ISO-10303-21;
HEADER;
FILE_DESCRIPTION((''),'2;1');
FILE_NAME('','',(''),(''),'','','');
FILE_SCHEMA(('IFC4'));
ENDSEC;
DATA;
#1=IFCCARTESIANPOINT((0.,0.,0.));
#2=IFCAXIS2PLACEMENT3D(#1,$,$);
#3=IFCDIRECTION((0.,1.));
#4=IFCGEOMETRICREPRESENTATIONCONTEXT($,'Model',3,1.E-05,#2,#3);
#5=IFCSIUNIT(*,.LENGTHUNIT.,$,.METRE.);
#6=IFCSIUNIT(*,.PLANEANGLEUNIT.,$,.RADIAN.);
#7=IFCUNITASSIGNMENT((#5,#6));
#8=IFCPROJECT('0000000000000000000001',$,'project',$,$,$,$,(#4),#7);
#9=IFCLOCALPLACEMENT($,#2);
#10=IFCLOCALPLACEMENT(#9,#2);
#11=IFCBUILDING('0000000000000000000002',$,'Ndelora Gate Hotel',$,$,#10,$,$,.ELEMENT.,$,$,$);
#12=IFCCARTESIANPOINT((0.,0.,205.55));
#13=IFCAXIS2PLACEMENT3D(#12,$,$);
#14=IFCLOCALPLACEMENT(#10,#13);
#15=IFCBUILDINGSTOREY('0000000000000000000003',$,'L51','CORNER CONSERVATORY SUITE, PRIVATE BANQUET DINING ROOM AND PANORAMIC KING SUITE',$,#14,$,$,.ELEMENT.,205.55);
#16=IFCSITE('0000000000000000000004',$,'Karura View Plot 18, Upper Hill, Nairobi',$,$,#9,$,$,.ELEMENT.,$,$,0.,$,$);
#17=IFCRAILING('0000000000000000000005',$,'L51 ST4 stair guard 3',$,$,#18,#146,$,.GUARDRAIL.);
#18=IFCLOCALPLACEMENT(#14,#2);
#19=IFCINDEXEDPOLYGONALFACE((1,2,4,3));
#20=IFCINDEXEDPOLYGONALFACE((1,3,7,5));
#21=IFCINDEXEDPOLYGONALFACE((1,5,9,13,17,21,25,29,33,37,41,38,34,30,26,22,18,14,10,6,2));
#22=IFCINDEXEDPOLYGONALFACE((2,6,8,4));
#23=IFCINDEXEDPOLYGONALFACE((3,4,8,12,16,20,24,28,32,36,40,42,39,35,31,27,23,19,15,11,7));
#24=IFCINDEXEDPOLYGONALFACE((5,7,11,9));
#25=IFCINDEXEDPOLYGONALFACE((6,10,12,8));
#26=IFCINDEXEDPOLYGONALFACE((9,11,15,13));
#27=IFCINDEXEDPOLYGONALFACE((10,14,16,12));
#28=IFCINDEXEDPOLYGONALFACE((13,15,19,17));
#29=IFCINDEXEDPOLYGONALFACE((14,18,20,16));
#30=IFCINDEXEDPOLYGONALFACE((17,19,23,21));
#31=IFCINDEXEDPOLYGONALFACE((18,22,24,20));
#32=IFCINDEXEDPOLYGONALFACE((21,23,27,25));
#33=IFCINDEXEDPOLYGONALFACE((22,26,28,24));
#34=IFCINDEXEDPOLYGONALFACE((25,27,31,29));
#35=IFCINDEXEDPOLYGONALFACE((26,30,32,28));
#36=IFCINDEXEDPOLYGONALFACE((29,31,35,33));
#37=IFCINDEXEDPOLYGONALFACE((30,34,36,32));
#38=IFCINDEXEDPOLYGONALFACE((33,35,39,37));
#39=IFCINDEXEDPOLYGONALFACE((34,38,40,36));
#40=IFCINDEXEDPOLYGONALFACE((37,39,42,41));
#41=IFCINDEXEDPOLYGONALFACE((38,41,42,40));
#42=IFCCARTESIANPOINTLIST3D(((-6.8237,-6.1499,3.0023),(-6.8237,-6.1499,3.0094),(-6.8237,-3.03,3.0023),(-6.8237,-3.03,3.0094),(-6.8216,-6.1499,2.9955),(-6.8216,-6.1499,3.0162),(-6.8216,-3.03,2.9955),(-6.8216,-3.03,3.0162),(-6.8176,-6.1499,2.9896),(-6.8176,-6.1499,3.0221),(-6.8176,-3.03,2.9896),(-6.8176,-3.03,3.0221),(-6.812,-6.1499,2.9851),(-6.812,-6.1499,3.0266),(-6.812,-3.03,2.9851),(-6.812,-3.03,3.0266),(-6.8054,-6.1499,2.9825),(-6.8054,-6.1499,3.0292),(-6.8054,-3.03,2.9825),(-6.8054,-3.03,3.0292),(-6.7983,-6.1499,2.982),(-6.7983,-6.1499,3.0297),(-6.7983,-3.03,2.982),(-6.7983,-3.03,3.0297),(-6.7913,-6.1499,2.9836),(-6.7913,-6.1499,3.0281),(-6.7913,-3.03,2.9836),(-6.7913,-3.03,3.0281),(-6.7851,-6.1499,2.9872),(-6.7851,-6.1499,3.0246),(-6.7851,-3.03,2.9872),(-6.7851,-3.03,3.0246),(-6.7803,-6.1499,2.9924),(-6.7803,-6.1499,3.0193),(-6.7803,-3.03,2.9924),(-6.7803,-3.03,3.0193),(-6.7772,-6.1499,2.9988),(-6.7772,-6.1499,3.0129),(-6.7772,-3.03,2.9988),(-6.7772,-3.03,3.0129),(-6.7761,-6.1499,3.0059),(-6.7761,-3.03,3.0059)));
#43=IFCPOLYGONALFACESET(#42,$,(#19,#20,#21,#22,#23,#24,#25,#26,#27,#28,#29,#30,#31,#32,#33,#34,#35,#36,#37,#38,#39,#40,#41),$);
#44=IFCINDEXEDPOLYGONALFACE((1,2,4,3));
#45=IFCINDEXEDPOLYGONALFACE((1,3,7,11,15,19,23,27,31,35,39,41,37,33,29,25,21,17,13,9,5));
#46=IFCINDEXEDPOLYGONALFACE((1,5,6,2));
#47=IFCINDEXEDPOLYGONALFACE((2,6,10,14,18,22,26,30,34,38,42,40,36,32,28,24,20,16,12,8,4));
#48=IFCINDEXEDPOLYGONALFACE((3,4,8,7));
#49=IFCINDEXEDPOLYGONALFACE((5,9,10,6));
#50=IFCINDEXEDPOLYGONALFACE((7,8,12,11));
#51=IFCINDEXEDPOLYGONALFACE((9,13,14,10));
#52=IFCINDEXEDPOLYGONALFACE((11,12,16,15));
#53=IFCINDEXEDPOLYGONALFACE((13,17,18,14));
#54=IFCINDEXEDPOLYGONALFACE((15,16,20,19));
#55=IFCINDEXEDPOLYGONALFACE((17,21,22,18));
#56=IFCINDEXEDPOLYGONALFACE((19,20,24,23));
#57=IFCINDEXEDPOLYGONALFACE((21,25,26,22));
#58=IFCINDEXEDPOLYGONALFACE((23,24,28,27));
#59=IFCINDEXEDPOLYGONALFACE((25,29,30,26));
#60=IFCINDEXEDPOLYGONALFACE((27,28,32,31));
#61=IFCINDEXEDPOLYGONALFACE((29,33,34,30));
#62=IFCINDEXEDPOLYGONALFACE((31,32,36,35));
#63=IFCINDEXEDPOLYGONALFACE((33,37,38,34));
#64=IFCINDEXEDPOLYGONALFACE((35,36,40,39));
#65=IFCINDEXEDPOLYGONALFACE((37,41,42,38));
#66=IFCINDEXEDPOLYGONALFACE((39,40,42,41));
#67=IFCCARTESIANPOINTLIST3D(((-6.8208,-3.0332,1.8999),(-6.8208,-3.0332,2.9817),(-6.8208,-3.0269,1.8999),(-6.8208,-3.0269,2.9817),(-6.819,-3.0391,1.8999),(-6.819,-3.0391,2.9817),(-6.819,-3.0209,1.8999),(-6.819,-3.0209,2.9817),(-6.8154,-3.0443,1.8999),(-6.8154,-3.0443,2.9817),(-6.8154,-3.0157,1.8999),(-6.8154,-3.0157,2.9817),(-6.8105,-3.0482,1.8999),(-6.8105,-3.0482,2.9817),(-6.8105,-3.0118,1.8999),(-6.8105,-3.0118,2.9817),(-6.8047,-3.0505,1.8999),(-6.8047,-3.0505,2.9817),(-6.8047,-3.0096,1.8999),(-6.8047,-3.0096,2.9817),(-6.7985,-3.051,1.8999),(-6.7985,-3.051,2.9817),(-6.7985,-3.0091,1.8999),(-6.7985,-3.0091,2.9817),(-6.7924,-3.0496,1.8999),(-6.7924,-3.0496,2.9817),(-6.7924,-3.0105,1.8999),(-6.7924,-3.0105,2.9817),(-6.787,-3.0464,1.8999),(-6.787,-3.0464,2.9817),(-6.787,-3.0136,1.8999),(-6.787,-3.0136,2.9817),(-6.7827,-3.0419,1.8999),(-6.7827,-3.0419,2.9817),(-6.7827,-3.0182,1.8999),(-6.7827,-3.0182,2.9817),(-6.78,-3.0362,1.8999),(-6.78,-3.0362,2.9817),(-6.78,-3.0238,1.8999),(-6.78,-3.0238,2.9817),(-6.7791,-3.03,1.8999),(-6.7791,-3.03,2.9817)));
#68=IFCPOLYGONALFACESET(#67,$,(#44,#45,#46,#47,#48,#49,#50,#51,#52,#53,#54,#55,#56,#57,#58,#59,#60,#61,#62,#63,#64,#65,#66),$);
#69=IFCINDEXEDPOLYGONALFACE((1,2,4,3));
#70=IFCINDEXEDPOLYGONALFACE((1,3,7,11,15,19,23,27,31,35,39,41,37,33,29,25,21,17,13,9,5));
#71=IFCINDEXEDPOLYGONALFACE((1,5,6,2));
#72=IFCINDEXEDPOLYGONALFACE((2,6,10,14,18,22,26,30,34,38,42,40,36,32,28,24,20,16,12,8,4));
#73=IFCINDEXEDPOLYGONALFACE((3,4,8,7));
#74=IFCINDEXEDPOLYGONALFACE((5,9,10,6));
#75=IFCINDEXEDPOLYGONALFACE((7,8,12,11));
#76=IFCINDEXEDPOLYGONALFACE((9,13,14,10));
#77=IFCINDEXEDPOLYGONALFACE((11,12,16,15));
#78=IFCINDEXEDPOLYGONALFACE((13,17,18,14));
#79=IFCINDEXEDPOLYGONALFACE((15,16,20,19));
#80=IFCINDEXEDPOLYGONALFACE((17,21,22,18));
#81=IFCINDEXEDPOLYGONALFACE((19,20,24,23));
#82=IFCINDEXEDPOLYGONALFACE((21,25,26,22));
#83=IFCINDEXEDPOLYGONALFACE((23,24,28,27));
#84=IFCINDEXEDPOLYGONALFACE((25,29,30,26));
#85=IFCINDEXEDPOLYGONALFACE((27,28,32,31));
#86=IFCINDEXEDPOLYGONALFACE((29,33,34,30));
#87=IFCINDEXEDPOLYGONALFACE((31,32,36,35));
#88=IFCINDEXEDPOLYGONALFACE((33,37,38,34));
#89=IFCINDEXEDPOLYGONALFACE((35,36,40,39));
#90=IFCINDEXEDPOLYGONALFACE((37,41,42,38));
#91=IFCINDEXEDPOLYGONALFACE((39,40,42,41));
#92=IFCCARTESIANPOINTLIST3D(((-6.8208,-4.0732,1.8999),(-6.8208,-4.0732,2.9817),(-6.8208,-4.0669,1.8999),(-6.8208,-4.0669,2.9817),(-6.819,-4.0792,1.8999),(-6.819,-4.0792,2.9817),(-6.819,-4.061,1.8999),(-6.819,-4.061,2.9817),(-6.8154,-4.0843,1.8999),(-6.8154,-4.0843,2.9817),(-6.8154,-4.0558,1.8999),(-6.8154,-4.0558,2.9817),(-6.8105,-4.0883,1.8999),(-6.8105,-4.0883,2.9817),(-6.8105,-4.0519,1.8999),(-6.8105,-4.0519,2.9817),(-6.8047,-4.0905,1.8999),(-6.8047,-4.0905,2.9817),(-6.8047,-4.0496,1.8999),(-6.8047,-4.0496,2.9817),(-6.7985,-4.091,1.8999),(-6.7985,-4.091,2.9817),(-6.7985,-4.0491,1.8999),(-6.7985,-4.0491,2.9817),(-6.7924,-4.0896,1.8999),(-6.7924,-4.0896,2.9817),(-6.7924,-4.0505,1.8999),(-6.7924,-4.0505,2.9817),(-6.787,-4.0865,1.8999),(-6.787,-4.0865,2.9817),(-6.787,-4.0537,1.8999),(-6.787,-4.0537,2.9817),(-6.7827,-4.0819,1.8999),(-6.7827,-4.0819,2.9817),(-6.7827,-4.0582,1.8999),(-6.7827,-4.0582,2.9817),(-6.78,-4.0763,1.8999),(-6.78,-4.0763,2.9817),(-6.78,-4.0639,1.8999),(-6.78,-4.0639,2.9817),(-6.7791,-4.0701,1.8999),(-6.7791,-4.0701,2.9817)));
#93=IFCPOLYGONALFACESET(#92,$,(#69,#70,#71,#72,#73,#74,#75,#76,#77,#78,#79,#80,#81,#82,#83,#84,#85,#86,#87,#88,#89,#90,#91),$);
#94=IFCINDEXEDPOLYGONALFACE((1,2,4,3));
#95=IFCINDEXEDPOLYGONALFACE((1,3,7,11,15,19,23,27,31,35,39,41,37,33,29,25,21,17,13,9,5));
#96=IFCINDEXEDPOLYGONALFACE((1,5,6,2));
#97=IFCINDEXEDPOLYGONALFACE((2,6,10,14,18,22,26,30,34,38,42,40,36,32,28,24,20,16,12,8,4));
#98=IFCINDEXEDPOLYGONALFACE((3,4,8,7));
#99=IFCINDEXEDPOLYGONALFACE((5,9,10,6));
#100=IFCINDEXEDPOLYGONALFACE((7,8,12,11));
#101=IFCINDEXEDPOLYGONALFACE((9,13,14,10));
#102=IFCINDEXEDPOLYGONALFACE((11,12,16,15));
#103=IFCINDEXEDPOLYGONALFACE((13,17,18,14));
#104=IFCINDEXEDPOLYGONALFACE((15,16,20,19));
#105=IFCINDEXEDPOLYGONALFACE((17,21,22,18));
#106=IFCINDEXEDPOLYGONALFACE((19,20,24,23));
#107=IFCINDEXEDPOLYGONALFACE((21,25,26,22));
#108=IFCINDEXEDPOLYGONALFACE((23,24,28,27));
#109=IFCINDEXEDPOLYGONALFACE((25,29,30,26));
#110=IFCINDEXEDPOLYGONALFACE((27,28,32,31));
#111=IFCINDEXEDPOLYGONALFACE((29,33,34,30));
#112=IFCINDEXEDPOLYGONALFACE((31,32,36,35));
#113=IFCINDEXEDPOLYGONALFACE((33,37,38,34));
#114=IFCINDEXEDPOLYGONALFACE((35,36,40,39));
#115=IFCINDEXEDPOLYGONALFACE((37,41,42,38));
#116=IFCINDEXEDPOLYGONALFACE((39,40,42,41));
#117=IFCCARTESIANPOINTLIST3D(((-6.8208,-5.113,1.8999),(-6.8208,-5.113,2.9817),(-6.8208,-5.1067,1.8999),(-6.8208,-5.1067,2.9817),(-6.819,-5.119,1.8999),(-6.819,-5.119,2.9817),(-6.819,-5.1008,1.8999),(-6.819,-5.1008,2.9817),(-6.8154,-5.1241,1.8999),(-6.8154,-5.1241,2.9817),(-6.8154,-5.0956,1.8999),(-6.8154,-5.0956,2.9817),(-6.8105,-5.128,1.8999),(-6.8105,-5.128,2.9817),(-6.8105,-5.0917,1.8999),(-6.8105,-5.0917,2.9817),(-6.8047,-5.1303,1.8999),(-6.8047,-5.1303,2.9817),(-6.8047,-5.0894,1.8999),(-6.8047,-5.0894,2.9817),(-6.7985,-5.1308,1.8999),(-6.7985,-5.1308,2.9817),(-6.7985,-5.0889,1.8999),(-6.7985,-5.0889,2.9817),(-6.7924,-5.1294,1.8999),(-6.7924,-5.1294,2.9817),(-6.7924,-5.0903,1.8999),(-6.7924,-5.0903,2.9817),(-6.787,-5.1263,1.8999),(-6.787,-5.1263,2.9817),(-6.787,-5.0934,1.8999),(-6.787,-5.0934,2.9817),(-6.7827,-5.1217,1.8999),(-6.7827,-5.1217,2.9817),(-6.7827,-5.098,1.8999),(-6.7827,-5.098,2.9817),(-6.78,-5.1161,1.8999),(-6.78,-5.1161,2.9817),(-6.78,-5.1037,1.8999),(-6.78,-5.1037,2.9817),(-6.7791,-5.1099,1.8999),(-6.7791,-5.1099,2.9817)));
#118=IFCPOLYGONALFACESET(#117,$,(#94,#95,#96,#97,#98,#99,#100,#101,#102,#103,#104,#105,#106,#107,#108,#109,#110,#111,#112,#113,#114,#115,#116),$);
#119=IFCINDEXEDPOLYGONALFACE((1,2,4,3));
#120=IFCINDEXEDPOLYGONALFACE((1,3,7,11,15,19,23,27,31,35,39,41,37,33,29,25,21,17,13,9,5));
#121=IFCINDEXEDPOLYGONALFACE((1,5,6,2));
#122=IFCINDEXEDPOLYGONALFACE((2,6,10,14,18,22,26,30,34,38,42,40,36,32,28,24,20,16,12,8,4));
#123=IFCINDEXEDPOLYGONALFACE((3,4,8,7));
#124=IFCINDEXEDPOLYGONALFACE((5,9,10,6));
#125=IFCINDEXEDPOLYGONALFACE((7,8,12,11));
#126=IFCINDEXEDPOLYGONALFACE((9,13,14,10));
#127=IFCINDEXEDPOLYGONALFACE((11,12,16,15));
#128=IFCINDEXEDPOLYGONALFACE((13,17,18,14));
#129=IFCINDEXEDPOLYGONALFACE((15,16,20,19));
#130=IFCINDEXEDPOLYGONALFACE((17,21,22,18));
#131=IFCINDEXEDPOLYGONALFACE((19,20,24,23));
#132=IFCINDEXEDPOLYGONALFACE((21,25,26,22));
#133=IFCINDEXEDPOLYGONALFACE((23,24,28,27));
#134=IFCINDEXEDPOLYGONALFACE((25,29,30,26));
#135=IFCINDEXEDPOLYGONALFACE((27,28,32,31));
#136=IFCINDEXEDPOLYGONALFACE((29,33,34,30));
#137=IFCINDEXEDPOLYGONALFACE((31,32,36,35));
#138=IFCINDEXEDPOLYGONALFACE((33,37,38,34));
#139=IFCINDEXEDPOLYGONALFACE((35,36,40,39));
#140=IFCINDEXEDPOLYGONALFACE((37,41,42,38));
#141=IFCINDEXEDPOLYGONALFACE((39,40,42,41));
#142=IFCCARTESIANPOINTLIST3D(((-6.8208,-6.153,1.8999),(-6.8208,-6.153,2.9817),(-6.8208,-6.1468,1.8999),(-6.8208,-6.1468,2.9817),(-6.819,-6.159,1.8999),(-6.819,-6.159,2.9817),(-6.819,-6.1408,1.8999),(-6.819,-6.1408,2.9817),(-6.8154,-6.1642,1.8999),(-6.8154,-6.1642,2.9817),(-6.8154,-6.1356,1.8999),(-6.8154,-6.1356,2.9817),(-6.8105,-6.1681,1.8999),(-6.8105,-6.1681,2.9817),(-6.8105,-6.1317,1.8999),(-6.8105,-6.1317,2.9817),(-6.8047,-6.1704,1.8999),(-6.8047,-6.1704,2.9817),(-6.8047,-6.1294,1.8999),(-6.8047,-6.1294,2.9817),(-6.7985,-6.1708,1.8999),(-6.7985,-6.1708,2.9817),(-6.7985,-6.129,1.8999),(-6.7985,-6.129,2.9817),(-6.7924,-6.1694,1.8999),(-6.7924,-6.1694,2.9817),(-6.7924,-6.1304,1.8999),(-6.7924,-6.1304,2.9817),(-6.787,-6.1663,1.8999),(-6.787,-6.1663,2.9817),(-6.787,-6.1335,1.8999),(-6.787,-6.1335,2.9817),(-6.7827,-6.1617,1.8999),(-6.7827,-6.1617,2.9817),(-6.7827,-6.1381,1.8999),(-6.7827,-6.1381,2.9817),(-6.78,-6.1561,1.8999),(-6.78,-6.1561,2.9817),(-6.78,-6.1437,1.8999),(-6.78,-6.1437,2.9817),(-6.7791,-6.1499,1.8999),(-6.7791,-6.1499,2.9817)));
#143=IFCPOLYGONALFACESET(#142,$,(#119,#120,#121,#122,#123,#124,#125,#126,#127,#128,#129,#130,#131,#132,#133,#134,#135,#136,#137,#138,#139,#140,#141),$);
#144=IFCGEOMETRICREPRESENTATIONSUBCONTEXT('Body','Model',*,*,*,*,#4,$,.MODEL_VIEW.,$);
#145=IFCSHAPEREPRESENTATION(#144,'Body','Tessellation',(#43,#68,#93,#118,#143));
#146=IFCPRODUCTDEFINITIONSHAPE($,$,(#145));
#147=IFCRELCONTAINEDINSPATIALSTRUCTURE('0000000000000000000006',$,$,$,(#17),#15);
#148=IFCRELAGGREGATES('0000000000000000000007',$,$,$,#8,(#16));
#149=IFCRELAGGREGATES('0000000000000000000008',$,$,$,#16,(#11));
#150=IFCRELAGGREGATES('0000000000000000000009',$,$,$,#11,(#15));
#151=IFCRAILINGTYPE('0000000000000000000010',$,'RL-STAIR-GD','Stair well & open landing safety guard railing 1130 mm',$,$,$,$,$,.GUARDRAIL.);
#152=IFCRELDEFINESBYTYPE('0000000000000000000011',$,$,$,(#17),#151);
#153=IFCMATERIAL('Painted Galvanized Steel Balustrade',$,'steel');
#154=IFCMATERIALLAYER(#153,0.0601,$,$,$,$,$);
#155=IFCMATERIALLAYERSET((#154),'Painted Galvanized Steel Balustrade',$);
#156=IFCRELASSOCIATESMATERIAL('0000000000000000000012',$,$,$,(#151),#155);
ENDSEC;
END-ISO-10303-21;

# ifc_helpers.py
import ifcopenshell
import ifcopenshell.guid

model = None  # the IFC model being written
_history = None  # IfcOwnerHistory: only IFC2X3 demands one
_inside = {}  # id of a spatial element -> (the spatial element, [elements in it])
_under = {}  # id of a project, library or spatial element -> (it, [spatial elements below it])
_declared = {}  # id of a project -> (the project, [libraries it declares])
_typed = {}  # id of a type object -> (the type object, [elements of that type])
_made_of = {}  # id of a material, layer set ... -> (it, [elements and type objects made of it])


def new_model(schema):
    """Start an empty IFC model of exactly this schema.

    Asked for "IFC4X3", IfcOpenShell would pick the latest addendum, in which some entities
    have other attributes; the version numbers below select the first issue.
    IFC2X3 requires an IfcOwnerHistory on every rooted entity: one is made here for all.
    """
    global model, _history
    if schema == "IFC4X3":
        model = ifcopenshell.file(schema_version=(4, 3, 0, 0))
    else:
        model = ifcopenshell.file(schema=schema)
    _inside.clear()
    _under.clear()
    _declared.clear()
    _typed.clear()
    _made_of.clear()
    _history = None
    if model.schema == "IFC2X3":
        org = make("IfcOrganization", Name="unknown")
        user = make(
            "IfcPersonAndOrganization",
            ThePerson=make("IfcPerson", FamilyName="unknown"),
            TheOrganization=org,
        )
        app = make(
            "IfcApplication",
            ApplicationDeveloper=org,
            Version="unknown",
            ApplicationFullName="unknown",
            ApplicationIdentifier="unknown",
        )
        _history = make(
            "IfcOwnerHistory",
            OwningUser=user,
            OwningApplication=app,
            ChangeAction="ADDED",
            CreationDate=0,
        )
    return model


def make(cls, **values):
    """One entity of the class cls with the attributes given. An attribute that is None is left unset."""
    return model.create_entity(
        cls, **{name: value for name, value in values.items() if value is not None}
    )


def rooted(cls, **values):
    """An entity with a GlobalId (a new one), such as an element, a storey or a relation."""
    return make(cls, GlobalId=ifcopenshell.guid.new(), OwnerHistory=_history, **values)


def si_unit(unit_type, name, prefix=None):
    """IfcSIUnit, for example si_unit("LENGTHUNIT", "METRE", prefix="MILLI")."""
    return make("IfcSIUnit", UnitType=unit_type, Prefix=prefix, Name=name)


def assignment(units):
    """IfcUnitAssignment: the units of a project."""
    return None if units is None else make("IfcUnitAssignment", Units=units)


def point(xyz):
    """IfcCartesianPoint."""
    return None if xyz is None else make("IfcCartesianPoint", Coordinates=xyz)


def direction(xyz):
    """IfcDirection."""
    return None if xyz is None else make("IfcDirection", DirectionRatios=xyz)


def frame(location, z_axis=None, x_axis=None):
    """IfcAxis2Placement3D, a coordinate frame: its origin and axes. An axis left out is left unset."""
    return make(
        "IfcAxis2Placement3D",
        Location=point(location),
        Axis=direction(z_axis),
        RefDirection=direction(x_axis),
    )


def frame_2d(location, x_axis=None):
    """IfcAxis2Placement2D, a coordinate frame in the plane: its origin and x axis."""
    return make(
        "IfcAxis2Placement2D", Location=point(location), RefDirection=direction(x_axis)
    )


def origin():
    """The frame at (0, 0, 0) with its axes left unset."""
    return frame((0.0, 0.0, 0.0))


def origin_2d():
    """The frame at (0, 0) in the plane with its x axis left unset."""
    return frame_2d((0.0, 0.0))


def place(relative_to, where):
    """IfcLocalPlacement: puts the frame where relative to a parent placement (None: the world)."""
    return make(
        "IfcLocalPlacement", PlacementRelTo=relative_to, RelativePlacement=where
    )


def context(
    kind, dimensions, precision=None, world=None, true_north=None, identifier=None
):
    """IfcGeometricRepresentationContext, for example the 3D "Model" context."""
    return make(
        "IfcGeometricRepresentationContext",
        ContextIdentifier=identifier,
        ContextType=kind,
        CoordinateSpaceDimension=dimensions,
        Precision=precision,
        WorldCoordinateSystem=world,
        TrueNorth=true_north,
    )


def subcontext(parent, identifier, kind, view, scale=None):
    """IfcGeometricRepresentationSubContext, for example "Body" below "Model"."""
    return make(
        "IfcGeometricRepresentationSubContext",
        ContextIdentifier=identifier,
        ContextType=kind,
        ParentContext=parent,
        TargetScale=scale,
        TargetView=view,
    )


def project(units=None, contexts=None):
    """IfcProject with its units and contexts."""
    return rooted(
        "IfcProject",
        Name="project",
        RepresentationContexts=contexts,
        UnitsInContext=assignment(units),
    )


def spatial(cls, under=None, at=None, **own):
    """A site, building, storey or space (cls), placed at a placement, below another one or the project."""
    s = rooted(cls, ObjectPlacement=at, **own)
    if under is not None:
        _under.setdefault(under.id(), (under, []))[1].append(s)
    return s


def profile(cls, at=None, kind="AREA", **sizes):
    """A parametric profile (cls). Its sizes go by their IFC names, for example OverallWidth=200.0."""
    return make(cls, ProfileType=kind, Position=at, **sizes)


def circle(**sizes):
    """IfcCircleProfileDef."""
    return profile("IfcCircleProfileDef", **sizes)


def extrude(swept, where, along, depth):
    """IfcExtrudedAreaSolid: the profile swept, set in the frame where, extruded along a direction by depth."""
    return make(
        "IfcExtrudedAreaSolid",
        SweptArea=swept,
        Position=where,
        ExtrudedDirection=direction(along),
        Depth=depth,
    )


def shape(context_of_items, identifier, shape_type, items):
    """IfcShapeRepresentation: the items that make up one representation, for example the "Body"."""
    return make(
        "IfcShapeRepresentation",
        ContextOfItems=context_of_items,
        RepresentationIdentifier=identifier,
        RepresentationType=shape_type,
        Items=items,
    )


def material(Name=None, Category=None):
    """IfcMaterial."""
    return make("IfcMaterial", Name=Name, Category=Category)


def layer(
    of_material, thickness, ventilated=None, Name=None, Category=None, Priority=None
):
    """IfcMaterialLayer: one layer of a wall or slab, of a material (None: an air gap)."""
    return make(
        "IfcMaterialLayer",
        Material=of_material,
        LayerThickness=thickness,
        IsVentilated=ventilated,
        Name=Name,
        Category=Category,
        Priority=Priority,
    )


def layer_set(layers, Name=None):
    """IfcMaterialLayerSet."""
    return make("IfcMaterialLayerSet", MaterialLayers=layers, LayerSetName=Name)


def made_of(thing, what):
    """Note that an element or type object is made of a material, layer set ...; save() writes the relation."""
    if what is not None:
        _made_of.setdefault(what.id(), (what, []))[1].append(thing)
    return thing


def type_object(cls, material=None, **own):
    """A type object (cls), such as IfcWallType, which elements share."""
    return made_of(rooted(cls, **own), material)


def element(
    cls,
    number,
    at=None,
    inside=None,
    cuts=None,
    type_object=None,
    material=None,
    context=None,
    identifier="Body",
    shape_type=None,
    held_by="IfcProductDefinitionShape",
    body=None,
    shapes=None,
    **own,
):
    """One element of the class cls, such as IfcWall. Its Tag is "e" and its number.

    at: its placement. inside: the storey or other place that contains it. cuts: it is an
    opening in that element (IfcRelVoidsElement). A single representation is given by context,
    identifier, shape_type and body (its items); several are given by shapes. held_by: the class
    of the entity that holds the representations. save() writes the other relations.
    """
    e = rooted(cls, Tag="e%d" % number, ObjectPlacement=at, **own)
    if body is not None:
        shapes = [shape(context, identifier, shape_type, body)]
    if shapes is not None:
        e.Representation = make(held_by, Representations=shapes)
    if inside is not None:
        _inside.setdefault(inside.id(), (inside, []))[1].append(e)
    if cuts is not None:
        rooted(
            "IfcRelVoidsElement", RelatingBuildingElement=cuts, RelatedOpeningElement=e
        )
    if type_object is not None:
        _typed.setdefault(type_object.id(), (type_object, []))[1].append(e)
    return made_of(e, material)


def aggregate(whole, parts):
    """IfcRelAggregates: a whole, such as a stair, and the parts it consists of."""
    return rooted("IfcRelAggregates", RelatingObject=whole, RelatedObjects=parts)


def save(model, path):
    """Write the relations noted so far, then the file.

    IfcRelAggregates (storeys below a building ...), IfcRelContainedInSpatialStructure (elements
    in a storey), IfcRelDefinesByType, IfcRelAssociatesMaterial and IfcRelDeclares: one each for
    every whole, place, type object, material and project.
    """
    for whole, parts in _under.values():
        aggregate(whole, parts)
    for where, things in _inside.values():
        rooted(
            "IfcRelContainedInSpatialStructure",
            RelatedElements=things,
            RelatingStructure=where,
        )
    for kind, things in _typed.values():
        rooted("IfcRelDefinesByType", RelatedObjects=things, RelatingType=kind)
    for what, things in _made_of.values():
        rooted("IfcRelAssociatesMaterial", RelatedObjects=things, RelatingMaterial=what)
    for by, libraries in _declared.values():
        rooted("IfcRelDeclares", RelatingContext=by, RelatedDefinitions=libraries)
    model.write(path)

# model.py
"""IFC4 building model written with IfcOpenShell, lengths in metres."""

from ifc_helpers import new_model, si_unit, direction, frame, origin, origin_2d, place, context, subcontext, project, spatial, circle, extrude, material, layer, layer_set, type_object, element, save


model = new_model("IFC4")

# Units and contexts
model_context = context("Model", 3, precision=1e-05, world=origin(), true_north=direction((0.0, 1.0)))
body_context = subcontext(model_context, "Body", "Model", "MODEL_VIEW")
ifc_project = project(units=[si_unit("LENGTHUNIT", "METRE"), si_unit("PLANEANGLEUNIT", "RADIAN")], contexts=[model_context])

# Site, building, storey
site_placement = place(None, origin())
site = spatial("IfcSite", under=ifc_project, at=site_placement, Name="Karura View Plot 18, Upper Hill, Nairobi", CompositionType="ELEMENT", RefElevation=0.0)
building_placement = place(site_placement, origin())
building = spatial("IfcBuilding", under=site, at=building_placement, Name="Ndelora Gate Hotel", CompositionType="ELEMENT")
storey_placement = place(building_placement, frame((0.0, 0.0, 205.55)))
storey = spatial("IfcBuildingStorey", under=building, at=storey_placement, Name="L51", Description="CORNER CONSERVATORY SUITE, PRIVATE BANQUET DINING ROOM AND PANORAMIC KING SUITE", CompositionType="ELEMENT", Elevation=205.55)

# Railing
ifc_material_1 = material(Name="Painted Galvanized Steel Balustrade", Category="steel")
ifc_layer_1 = layer(ifc_material_1, 0.0601)
ifc_layer_set_1 = layer_set([ifc_layer_1], Name="Painted Galvanized Steel Balustrade")
railing_type_1 = type_object("IfcRailingType", Name="RL-STAIR-GD", Description="Stair well & open landing safety guard railing 1130 mm", PredefinedType="GUARDRAIL", material=ifc_layer_set_1)
for number, where, name in (
    (1, (-6.8, -3.03, 1.8999), "L51 ST4 stair guard 3"),
):
    element("IfcRailing", number, at=place(storey_placement, frame(where)), inside=storey, type_object=railing_type_1, Name=name, PredefinedType="GUARDRAIL", context=body_context, shape_type="SweptSolid", body=[
        extrude(circle(Radius=0.0239, at=origin_2d()), frame((0.0, 0.0, 1.106), z_axis=(0.0, -1.0, 0.0), x_axis=(1.0, 0.0, 0.0)), (0.0, 0.0, 1.0), 3.1199),
        extrude(circle(Radius=0.021, at=origin_2d()), origin(), (0.0, 0.0, 1.0), 1.0818),
        extrude(circle(Radius=0.021, at=origin_2d()), frame((0.0, -1.04, 0.0)), (0.0, 0.0, 1.0), 1.0818),
        extrude(circle(Radius=0.021, at=origin_2d()), frame((0.0, -2.0798, 0.0)), (0.0, 0.0, 1.0), 1.0818),
        extrude(circle(Radius=0.021, at=origin_2d()), frame((0.0, -3.1199, 0.0)), (0.0, 0.0, 1.0), 1.0818),
    ])

save(model, "model.ifc")
